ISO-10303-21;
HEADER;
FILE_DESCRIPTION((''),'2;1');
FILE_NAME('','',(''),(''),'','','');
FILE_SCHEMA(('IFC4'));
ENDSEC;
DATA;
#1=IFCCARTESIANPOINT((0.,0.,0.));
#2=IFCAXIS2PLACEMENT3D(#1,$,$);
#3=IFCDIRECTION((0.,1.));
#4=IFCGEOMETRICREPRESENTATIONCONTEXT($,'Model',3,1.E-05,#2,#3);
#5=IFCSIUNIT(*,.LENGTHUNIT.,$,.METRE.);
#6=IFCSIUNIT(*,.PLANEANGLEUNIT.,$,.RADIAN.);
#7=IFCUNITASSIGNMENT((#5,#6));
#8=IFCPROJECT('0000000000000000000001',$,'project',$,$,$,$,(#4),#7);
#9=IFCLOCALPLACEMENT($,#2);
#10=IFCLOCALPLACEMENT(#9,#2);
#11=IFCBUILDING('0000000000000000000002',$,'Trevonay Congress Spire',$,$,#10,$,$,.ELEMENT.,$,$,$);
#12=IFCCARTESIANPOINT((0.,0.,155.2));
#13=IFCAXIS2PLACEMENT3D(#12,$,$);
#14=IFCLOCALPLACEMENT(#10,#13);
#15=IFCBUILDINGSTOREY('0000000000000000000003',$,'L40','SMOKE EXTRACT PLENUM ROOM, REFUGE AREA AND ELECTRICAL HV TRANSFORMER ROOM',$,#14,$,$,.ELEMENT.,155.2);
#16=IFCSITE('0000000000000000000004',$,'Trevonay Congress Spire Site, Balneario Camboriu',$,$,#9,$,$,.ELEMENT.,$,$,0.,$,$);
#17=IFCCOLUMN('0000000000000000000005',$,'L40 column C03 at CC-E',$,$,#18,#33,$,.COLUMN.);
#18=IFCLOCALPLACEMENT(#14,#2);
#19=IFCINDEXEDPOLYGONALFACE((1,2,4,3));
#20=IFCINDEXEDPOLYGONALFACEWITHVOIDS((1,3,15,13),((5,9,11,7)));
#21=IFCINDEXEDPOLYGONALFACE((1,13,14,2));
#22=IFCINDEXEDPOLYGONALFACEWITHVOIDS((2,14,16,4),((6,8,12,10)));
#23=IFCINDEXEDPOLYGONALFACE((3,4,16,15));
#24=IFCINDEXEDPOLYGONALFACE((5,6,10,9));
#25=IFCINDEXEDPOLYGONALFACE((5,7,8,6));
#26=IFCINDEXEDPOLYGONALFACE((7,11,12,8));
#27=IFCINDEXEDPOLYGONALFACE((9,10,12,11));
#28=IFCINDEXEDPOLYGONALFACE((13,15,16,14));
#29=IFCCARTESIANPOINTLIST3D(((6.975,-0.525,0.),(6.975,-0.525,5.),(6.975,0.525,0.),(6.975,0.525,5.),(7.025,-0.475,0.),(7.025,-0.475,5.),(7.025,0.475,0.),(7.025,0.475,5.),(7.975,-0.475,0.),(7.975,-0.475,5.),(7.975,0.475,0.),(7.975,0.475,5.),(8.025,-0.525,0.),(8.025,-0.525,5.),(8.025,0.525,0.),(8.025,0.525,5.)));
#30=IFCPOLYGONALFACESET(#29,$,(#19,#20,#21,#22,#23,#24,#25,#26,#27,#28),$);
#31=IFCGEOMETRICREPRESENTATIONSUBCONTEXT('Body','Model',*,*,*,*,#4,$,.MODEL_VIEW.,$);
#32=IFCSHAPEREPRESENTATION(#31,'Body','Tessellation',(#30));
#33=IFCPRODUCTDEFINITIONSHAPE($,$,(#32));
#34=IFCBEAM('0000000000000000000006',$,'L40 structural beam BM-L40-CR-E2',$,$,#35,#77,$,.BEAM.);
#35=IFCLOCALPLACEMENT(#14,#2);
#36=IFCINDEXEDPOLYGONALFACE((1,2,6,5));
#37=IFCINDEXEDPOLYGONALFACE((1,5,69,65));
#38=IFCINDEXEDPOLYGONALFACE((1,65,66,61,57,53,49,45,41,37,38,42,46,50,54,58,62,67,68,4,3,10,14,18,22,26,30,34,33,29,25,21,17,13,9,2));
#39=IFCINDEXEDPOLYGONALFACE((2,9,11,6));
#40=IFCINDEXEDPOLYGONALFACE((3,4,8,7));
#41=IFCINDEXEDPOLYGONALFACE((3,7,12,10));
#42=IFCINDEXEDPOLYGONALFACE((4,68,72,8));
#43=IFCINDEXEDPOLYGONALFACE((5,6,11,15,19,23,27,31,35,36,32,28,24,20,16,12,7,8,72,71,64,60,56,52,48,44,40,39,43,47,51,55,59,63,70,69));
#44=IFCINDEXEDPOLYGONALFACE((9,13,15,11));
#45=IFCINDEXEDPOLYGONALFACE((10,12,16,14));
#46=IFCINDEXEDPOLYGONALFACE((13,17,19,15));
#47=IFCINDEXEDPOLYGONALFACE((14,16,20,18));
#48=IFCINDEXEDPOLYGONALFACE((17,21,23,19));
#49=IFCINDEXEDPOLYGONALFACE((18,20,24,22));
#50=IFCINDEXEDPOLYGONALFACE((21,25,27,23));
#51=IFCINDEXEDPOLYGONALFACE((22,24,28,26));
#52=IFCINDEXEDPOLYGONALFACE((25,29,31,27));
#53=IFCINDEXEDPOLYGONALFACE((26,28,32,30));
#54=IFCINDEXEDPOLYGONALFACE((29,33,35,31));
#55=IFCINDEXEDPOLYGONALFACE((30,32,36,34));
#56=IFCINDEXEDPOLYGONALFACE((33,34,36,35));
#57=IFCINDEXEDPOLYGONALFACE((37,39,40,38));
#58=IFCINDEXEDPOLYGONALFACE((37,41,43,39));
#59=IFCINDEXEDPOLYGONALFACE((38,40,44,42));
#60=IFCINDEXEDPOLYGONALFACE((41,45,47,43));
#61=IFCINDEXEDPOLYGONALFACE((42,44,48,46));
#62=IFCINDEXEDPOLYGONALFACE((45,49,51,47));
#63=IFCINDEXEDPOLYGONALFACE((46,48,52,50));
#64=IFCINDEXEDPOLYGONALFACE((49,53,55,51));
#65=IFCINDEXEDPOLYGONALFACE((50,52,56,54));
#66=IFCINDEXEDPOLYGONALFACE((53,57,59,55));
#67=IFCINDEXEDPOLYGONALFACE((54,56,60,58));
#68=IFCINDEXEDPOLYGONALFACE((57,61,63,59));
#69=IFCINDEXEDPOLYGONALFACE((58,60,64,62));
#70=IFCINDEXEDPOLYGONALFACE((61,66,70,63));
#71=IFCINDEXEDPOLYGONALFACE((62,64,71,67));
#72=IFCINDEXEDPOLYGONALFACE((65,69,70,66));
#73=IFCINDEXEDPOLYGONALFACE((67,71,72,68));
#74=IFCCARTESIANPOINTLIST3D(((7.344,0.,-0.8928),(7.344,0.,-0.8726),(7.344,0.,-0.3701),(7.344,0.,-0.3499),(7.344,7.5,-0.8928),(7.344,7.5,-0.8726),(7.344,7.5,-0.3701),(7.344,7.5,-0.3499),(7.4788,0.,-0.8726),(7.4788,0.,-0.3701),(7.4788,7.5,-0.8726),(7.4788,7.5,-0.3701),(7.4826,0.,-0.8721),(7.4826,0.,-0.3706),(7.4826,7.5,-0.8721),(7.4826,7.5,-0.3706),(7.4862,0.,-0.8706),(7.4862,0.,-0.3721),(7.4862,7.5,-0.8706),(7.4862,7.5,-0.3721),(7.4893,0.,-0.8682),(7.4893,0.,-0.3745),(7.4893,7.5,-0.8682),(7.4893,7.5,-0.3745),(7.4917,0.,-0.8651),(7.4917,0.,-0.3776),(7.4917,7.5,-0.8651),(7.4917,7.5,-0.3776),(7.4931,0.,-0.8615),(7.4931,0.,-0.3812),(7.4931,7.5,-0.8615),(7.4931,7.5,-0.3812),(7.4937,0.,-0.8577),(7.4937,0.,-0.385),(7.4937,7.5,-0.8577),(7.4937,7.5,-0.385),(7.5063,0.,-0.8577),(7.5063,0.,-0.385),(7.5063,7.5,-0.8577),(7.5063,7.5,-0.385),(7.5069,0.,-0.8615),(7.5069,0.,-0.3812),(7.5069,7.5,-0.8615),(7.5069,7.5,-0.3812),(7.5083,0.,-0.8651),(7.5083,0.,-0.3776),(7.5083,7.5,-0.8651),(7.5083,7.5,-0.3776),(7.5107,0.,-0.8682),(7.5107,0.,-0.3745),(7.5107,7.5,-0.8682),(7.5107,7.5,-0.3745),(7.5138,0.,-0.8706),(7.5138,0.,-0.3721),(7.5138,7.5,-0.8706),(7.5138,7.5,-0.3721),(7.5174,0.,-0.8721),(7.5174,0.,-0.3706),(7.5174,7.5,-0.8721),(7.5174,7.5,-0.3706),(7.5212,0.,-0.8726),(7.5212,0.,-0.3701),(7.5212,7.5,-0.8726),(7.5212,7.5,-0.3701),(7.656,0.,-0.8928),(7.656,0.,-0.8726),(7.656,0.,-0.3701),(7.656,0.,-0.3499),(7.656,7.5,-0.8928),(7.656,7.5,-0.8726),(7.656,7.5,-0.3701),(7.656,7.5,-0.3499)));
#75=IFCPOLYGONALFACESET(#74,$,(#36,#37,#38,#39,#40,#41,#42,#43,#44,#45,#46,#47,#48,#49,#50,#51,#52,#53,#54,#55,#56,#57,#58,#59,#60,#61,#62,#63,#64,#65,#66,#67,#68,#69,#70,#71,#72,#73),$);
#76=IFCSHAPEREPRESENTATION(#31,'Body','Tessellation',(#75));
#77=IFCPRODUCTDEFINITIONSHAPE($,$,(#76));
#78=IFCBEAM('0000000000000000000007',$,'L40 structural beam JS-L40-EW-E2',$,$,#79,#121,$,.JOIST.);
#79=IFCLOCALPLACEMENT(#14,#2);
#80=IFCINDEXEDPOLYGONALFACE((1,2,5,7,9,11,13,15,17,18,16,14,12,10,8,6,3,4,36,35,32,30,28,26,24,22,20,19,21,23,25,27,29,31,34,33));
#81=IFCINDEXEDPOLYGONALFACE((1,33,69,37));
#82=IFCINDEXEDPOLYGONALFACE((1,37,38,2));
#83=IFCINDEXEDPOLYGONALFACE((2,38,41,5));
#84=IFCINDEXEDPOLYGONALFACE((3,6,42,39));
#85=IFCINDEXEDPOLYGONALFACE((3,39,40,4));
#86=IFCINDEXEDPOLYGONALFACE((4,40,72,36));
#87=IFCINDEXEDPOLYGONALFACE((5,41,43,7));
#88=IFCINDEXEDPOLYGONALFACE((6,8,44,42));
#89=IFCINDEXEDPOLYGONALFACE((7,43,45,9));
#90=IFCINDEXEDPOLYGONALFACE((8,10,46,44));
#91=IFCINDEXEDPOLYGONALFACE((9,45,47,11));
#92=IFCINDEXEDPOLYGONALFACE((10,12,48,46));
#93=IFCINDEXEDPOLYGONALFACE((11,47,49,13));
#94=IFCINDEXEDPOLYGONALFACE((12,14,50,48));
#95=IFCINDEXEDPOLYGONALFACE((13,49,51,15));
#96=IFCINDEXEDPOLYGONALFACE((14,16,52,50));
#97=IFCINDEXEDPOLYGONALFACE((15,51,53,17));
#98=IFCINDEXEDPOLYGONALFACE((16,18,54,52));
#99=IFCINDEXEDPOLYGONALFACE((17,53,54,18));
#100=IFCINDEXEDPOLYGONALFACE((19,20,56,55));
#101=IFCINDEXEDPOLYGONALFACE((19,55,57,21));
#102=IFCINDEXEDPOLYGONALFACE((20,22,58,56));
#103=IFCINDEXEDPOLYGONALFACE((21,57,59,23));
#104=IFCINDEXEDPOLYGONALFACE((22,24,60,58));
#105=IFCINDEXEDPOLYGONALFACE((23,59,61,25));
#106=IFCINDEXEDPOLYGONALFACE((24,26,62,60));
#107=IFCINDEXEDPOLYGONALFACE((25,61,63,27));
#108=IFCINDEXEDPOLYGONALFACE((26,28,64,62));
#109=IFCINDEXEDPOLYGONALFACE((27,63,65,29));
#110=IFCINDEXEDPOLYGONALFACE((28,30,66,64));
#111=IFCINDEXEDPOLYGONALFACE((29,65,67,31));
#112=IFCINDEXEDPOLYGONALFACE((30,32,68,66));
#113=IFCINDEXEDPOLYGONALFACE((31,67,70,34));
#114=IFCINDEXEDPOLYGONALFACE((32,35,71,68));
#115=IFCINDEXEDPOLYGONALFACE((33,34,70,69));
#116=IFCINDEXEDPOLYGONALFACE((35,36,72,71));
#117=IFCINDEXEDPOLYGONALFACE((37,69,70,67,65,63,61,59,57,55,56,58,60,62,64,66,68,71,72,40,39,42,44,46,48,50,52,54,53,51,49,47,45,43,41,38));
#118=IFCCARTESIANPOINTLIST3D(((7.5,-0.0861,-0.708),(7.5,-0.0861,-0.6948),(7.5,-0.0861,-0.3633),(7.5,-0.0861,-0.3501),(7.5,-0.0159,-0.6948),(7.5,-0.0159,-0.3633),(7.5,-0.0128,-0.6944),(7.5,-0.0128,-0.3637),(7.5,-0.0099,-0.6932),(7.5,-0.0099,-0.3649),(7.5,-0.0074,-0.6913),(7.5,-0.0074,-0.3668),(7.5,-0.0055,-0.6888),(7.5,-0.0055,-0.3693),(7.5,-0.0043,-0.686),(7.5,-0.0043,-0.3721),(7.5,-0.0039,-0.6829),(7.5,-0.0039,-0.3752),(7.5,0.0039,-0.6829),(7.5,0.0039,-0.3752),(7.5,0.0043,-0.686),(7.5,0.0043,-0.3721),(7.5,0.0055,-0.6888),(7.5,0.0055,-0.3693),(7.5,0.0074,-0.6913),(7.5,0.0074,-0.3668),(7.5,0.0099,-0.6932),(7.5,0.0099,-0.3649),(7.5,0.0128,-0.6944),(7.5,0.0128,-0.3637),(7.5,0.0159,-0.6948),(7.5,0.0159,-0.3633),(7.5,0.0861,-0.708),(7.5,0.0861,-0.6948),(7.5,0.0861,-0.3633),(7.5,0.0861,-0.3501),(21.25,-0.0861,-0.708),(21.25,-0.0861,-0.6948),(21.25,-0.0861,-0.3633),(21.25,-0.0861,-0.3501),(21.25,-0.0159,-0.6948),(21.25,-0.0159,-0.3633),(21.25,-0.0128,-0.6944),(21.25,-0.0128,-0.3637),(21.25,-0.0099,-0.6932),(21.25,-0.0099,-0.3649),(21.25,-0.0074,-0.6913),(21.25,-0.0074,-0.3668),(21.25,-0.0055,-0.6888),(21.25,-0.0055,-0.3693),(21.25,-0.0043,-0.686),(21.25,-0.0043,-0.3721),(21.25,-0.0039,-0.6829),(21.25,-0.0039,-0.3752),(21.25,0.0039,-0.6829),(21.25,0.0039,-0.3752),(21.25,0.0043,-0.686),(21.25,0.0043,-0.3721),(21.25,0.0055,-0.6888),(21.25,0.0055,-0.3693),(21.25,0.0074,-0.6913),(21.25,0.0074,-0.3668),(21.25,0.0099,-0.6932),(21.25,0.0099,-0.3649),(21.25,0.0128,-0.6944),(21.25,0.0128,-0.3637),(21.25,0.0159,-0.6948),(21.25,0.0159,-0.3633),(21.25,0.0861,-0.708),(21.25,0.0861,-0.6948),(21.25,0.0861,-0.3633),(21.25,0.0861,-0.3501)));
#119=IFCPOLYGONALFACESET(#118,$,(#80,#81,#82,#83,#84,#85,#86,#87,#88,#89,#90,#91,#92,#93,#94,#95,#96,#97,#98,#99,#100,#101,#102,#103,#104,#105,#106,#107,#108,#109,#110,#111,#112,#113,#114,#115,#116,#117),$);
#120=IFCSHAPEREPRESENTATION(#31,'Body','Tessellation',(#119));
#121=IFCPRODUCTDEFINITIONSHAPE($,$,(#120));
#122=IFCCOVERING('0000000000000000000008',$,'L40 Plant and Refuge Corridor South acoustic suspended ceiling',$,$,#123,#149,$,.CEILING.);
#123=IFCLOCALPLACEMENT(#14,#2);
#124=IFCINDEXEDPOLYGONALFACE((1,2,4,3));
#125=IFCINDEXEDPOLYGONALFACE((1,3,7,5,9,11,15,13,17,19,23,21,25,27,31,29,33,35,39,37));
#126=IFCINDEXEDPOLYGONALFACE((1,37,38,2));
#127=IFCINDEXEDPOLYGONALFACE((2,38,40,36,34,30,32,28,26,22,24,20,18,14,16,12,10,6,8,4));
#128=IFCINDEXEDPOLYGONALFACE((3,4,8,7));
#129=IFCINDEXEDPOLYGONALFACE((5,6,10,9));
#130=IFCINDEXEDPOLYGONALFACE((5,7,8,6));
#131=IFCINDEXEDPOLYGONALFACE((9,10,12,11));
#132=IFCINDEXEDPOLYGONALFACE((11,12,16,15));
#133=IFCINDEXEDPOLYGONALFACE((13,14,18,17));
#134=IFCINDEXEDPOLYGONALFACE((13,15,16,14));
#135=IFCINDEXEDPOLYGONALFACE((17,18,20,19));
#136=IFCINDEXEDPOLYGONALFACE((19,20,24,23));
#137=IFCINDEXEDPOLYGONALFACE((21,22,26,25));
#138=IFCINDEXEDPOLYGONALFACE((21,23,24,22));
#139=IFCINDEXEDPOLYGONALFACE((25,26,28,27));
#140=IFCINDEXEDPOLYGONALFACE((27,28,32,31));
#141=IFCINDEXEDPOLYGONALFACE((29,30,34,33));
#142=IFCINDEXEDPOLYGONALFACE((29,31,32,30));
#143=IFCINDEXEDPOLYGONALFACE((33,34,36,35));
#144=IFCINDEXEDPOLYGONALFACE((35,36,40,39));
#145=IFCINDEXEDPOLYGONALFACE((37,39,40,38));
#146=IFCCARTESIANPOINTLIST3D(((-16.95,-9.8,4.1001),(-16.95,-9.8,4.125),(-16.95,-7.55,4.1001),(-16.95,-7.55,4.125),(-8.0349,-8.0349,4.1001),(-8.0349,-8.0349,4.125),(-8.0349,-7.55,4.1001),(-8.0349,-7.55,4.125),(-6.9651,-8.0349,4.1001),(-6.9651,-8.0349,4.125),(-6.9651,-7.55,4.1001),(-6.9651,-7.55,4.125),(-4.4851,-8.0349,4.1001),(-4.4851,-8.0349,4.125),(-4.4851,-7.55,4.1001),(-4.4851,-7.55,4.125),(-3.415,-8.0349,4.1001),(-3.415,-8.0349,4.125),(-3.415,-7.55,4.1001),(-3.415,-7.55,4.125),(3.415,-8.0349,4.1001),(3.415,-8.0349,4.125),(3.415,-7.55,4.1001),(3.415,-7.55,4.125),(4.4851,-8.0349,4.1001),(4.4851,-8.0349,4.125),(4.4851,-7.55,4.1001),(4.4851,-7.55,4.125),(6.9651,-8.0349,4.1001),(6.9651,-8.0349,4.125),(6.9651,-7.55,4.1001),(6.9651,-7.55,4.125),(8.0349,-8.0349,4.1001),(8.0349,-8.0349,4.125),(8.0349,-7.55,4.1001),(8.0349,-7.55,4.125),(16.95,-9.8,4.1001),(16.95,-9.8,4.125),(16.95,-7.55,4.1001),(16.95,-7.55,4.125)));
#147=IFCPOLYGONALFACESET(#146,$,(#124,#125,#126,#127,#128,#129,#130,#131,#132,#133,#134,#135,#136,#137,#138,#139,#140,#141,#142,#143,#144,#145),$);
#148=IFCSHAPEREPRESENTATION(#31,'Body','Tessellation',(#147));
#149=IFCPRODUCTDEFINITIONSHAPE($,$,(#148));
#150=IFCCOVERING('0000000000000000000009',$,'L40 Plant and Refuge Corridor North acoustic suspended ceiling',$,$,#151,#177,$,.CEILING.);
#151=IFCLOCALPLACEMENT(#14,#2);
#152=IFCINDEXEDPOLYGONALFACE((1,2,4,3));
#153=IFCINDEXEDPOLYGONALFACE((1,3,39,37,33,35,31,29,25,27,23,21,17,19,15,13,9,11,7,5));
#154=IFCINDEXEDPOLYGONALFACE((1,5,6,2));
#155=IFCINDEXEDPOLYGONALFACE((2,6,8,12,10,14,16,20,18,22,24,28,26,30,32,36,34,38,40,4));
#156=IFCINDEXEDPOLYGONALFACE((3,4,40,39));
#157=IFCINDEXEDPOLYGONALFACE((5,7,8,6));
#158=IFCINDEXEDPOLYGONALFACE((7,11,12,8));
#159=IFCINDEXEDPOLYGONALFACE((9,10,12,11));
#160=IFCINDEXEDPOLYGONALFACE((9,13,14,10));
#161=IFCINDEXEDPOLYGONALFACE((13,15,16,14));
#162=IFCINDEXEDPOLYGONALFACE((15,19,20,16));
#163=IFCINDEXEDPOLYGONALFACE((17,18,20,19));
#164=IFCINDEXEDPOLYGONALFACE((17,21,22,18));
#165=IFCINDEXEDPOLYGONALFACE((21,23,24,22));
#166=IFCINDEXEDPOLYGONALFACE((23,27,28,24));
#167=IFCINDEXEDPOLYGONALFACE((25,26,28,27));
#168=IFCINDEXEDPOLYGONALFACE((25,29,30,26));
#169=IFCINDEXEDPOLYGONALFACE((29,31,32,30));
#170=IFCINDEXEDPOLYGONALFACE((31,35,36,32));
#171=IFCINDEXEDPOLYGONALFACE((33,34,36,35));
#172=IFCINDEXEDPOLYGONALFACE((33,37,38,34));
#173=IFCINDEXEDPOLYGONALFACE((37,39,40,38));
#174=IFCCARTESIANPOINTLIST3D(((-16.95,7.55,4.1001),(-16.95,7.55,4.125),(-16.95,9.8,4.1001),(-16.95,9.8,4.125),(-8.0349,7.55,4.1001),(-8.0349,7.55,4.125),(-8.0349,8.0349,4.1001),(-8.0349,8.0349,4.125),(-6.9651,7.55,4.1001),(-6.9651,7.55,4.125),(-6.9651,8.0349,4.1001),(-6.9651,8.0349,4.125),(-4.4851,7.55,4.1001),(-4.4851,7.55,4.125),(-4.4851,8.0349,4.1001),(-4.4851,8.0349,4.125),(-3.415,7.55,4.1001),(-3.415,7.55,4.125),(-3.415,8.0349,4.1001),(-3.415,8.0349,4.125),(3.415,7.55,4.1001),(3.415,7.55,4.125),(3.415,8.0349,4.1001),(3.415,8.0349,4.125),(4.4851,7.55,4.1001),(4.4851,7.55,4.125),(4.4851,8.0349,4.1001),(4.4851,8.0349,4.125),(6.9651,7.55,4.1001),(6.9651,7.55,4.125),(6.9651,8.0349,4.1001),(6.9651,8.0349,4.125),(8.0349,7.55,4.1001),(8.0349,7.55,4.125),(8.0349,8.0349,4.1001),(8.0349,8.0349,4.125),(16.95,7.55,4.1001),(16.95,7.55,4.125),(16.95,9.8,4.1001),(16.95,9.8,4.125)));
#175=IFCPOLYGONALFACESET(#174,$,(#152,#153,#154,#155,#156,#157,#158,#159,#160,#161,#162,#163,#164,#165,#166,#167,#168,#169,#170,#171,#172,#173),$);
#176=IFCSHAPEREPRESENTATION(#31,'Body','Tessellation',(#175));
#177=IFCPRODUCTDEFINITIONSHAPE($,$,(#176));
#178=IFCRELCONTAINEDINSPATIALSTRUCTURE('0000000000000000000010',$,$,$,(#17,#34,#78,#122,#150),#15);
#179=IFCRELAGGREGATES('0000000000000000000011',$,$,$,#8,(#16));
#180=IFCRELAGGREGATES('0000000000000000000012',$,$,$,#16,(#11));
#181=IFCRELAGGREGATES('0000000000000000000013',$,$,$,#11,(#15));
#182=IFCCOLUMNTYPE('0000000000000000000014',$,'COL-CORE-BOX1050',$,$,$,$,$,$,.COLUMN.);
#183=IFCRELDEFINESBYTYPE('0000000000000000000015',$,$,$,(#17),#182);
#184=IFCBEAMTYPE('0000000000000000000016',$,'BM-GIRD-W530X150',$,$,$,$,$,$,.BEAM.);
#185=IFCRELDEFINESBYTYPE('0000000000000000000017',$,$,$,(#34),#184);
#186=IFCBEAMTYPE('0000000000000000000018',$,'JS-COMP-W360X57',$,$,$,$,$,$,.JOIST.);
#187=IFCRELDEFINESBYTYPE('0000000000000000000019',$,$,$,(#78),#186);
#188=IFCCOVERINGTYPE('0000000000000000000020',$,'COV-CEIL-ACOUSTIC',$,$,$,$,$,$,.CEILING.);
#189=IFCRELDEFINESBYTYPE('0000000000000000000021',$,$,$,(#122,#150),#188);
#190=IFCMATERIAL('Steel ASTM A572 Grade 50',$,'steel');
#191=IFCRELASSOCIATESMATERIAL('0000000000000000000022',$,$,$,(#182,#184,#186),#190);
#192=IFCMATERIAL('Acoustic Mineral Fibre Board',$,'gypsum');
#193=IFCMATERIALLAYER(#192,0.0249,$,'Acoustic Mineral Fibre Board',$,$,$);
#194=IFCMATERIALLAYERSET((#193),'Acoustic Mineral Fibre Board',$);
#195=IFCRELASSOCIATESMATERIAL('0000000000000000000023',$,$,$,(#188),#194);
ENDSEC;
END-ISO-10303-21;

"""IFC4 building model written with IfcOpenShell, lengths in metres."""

from ifc_helpers import new_model, si_unit, direction, frame, origin, origin_2d, place, context, subcontext, project, spatial, polyline, hollow_rectangle, i_section, outline, extrude, material, layer, layer_set, material_profile, profile_set, type_object, element, save


model = new_model("IFC4")

# Units and contexts
model_context = context("Model", 3, precision=1e-05, world=origin(), true_north=direction((0.0, 1.0)))
body_context = subcontext(model_context, "Body", "Model", "MODEL_VIEW")
ifc_project = project(units=[si_unit("LENGTHUNIT", "METRE"), si_unit("PLANEANGLEUNIT", "RADIAN")], contexts=[model_context])

# Site, building, storey
site_placement = place(None, origin())
site = spatial("IfcSite", under=ifc_project, at=site_placement, Name="Trevonay Congress Spire Site, Balneario Camboriu", CompositionType="ELEMENT", RefElevation=0.0)
building_placement = place(site_placement, origin())
building = spatial("IfcBuilding", under=site, at=building_placement, Name="Trevonay Congress Spire", CompositionType="ELEMENT")
storey_placement = place(building_placement, frame((0.0, 0.0, 155.2)))
storey = spatial("IfcBuildingStorey", under=building, at=storey_placement, Name="L40", Description="SMOKE EXTRACT PLENUM ROOM, REFUGE AREA AND ELECTRICAL HV TRANSFORMER ROOM", CompositionType="ELEMENT", Elevation=155.2)

# Column
ifc_material_1 = material(Name="Steel ASTM A572 Grade 50", Category="steel")
ifc_material_profile_1 = material_profile(ifc_material_1, hollow_rectangle(XDim=1.05, YDim=1.05, WallThickness=0.05, at=origin_2d()), Name="BOX 1050x1050x50")
ifc_profile_set_1 = profile_set([ifc_material_profile_1], Name="Steel ASTM A572 Grade 50")
column_type = type_object("IfcColumnType", Name="COL-CORE-BOX1050", PredefinedType="COLUMN", material=ifc_profile_set_1)
column_placement = place(storey_placement, frame((7.5, 0.0, 0.0), z_axis=(0.0, 0.0, 1.0), x_axis=(1.0, 0.0, 0.0)))
element("IfcColumn", 1, at=column_placement, inside=storey, type_object=column_type, Name="L40 column C03 at CC-E", PredefinedType="COLUMN", context=body_context, shape_type="SweptSolid", body=[
    extrude(hollow_rectangle(XDim=1.05, YDim=1.05, WallThickness=0.05, at=origin_2d()), origin(), (0.0, 0.0, 1.0), 5.0),
])

# Beams
ifc_material_profile_2 = material_profile(ifc_material_1, i_section(OverallWidth=0.312, OverallDepth=0.543, WebThickness=0.0127, FlangeThickness=0.0203, FilletRadius=0.0149, at=origin_2d()), Name="W530x150")
ifc_profile_set_2 = profile_set([ifc_material_profile_2], Name="Steel ASTM A572 Grade 50")
beam_type_1 = type_object("IfcBeamType", Name="BM-GIRD-W530X150", PredefinedType="BEAM", material=ifc_profile_set_2)
beam_1_placement = place(storey_placement, frame((7.5, 0.0, -0.6213), z_axis=(0.0, 1.0, 0.0), x_axis=(-1.0, 0.0, 0.0)))
element("IfcBeam", 2, at=beam_1_placement, inside=storey, type_object=beam_type_1, Name="L40 structural beam BM-L40-CR-E2", PredefinedType="BEAM", context=body_context, shape_type="SweptSolid", body=[
    extrude(i_section(OverallWidth=0.312, OverallDepth=0.543, WebThickness=0.0127, FlangeThickness=0.0203, FilletRadius=0.0149, at=origin_2d()), origin(), (0.0, 0.0, 1.0), 7.5),
])
ifc_material_profile_3 = material_profile(ifc_material_1, i_section(OverallWidth=0.1721, OverallDepth=0.3579, WebThickness=0.0078, FlangeThickness=0.0132, FilletRadius=0.012, at=origin_2d()), Name="W360x57.8")
ifc_profile_set_3 = profile_set([ifc_material_profile_3], Name="Steel ASTM A572 Grade 50")
beam_type_2 = type_object("IfcBeamType", Name="JS-COMP-W360X57", PredefinedType="JOIST", material=ifc_profile_set_3)
beam_2_placement = place(storey_placement, frame((7.5, 0.0, -0.5291), z_axis=(1.0, 0.0, 0.0), x_axis=(0.0, 1.0, 0.0)))
element("IfcBeam", 3, at=beam_2_placement, inside=storey, type_object=beam_type_2, Name="L40 structural beam JS-L40-EW-E2", PredefinedType="JOIST", context=body_context, shape_type="SweptSolid", body=[
    extrude(i_section(OverallWidth=0.1721, OverallDepth=0.3579, WebThickness=0.0078, FlangeThickness=0.0132, FilletRadius=0.012, at=origin_2d()), origin(), (0.0, 0.0, 1.0), 13.75),
])

# Coverings
ifc_material_2 = material(Name="Acoustic Mineral Fibre Board", Category="gypsum")
ifc_layer_1 = layer(ifc_material_2, 0.0249, Name="Acoustic Mineral Fibre Board")
ifc_layer_set_1 = layer_set([ifc_layer_1], Name="Acoustic Mineral Fibre Board")
covering_type_1 = type_object("IfcCoveringType", Name="COV-CEIL-ACOUSTIC", PredefinedType="CEILING", material=ifc_layer_set_1)
covering_1_placement = place(storey_placement, frame((0.0, 0.0, 4.1001)))
element("IfcCovering", 4, at=covering_1_placement, inside=storey, type_object=covering_type_1, Name="L40 Plant and Refuge Corridor South acoustic suspended ceiling", PredefinedType="CEILING", context=body_context, shape_type="SweptSolid", body=[
    extrude(outline(polyline([(16.95, -7.55), (16.95, -9.8), (-16.95, -9.8), (-16.95, -7.55), (-8.0349, -7.55), (-8.0349, -8.0349), (-6.9651, -8.0349), (-6.9651, -7.55), (-4.4851, -7.55), (-4.4851, -8.0349), (-3.415, -8.0349), (-3.415, -7.55), (3.415, -7.55), (3.415, -8.0349), (4.4851, -8.0349), (4.4851, -7.55), (6.9651, -7.55), (6.9651, -8.0349), (8.0349, -8.0349), (8.0349, -7.55), (16.95, -7.55)])), origin(), (0.0, 0.0, 1.0), 0.0249),
])
covering_2_placement = place(storey_placement, frame((0.0, 0.0, 4.1001)))
element("IfcCovering", 5, at=covering_2_placement, inside=storey, type_object=covering_type_1, Name="L40 Plant and Refuge Corridor North acoustic suspended ceiling", PredefinedType="CEILING", context=body_context, shape_type="SweptSolid", body=[
    extrude(outline(polyline([(-16.95, 7.55), (-16.95, 9.8), (16.95, 9.8), (16.95, 7.55), (8.0349, 7.55), (8.0349, 8.0349), (6.9651, 8.0349), (6.9651, 7.55), (4.4851, 7.55), (4.4851, 8.0349), (3.415, 8.0349), (3.415, 7.55), (-3.415, 7.55), (-3.415, 8.0349), (-4.4851, 8.0349), (-4.4851, 7.55), (-6.9651, 7.55), (-6.9651, 8.0349), (-8.0349, 8.0349), (-8.0349, 7.55), (-16.95, 7.55)])), origin(), (0.0, 0.0, 1.0), 0.0249),
])

save(model, "model.ifc")
